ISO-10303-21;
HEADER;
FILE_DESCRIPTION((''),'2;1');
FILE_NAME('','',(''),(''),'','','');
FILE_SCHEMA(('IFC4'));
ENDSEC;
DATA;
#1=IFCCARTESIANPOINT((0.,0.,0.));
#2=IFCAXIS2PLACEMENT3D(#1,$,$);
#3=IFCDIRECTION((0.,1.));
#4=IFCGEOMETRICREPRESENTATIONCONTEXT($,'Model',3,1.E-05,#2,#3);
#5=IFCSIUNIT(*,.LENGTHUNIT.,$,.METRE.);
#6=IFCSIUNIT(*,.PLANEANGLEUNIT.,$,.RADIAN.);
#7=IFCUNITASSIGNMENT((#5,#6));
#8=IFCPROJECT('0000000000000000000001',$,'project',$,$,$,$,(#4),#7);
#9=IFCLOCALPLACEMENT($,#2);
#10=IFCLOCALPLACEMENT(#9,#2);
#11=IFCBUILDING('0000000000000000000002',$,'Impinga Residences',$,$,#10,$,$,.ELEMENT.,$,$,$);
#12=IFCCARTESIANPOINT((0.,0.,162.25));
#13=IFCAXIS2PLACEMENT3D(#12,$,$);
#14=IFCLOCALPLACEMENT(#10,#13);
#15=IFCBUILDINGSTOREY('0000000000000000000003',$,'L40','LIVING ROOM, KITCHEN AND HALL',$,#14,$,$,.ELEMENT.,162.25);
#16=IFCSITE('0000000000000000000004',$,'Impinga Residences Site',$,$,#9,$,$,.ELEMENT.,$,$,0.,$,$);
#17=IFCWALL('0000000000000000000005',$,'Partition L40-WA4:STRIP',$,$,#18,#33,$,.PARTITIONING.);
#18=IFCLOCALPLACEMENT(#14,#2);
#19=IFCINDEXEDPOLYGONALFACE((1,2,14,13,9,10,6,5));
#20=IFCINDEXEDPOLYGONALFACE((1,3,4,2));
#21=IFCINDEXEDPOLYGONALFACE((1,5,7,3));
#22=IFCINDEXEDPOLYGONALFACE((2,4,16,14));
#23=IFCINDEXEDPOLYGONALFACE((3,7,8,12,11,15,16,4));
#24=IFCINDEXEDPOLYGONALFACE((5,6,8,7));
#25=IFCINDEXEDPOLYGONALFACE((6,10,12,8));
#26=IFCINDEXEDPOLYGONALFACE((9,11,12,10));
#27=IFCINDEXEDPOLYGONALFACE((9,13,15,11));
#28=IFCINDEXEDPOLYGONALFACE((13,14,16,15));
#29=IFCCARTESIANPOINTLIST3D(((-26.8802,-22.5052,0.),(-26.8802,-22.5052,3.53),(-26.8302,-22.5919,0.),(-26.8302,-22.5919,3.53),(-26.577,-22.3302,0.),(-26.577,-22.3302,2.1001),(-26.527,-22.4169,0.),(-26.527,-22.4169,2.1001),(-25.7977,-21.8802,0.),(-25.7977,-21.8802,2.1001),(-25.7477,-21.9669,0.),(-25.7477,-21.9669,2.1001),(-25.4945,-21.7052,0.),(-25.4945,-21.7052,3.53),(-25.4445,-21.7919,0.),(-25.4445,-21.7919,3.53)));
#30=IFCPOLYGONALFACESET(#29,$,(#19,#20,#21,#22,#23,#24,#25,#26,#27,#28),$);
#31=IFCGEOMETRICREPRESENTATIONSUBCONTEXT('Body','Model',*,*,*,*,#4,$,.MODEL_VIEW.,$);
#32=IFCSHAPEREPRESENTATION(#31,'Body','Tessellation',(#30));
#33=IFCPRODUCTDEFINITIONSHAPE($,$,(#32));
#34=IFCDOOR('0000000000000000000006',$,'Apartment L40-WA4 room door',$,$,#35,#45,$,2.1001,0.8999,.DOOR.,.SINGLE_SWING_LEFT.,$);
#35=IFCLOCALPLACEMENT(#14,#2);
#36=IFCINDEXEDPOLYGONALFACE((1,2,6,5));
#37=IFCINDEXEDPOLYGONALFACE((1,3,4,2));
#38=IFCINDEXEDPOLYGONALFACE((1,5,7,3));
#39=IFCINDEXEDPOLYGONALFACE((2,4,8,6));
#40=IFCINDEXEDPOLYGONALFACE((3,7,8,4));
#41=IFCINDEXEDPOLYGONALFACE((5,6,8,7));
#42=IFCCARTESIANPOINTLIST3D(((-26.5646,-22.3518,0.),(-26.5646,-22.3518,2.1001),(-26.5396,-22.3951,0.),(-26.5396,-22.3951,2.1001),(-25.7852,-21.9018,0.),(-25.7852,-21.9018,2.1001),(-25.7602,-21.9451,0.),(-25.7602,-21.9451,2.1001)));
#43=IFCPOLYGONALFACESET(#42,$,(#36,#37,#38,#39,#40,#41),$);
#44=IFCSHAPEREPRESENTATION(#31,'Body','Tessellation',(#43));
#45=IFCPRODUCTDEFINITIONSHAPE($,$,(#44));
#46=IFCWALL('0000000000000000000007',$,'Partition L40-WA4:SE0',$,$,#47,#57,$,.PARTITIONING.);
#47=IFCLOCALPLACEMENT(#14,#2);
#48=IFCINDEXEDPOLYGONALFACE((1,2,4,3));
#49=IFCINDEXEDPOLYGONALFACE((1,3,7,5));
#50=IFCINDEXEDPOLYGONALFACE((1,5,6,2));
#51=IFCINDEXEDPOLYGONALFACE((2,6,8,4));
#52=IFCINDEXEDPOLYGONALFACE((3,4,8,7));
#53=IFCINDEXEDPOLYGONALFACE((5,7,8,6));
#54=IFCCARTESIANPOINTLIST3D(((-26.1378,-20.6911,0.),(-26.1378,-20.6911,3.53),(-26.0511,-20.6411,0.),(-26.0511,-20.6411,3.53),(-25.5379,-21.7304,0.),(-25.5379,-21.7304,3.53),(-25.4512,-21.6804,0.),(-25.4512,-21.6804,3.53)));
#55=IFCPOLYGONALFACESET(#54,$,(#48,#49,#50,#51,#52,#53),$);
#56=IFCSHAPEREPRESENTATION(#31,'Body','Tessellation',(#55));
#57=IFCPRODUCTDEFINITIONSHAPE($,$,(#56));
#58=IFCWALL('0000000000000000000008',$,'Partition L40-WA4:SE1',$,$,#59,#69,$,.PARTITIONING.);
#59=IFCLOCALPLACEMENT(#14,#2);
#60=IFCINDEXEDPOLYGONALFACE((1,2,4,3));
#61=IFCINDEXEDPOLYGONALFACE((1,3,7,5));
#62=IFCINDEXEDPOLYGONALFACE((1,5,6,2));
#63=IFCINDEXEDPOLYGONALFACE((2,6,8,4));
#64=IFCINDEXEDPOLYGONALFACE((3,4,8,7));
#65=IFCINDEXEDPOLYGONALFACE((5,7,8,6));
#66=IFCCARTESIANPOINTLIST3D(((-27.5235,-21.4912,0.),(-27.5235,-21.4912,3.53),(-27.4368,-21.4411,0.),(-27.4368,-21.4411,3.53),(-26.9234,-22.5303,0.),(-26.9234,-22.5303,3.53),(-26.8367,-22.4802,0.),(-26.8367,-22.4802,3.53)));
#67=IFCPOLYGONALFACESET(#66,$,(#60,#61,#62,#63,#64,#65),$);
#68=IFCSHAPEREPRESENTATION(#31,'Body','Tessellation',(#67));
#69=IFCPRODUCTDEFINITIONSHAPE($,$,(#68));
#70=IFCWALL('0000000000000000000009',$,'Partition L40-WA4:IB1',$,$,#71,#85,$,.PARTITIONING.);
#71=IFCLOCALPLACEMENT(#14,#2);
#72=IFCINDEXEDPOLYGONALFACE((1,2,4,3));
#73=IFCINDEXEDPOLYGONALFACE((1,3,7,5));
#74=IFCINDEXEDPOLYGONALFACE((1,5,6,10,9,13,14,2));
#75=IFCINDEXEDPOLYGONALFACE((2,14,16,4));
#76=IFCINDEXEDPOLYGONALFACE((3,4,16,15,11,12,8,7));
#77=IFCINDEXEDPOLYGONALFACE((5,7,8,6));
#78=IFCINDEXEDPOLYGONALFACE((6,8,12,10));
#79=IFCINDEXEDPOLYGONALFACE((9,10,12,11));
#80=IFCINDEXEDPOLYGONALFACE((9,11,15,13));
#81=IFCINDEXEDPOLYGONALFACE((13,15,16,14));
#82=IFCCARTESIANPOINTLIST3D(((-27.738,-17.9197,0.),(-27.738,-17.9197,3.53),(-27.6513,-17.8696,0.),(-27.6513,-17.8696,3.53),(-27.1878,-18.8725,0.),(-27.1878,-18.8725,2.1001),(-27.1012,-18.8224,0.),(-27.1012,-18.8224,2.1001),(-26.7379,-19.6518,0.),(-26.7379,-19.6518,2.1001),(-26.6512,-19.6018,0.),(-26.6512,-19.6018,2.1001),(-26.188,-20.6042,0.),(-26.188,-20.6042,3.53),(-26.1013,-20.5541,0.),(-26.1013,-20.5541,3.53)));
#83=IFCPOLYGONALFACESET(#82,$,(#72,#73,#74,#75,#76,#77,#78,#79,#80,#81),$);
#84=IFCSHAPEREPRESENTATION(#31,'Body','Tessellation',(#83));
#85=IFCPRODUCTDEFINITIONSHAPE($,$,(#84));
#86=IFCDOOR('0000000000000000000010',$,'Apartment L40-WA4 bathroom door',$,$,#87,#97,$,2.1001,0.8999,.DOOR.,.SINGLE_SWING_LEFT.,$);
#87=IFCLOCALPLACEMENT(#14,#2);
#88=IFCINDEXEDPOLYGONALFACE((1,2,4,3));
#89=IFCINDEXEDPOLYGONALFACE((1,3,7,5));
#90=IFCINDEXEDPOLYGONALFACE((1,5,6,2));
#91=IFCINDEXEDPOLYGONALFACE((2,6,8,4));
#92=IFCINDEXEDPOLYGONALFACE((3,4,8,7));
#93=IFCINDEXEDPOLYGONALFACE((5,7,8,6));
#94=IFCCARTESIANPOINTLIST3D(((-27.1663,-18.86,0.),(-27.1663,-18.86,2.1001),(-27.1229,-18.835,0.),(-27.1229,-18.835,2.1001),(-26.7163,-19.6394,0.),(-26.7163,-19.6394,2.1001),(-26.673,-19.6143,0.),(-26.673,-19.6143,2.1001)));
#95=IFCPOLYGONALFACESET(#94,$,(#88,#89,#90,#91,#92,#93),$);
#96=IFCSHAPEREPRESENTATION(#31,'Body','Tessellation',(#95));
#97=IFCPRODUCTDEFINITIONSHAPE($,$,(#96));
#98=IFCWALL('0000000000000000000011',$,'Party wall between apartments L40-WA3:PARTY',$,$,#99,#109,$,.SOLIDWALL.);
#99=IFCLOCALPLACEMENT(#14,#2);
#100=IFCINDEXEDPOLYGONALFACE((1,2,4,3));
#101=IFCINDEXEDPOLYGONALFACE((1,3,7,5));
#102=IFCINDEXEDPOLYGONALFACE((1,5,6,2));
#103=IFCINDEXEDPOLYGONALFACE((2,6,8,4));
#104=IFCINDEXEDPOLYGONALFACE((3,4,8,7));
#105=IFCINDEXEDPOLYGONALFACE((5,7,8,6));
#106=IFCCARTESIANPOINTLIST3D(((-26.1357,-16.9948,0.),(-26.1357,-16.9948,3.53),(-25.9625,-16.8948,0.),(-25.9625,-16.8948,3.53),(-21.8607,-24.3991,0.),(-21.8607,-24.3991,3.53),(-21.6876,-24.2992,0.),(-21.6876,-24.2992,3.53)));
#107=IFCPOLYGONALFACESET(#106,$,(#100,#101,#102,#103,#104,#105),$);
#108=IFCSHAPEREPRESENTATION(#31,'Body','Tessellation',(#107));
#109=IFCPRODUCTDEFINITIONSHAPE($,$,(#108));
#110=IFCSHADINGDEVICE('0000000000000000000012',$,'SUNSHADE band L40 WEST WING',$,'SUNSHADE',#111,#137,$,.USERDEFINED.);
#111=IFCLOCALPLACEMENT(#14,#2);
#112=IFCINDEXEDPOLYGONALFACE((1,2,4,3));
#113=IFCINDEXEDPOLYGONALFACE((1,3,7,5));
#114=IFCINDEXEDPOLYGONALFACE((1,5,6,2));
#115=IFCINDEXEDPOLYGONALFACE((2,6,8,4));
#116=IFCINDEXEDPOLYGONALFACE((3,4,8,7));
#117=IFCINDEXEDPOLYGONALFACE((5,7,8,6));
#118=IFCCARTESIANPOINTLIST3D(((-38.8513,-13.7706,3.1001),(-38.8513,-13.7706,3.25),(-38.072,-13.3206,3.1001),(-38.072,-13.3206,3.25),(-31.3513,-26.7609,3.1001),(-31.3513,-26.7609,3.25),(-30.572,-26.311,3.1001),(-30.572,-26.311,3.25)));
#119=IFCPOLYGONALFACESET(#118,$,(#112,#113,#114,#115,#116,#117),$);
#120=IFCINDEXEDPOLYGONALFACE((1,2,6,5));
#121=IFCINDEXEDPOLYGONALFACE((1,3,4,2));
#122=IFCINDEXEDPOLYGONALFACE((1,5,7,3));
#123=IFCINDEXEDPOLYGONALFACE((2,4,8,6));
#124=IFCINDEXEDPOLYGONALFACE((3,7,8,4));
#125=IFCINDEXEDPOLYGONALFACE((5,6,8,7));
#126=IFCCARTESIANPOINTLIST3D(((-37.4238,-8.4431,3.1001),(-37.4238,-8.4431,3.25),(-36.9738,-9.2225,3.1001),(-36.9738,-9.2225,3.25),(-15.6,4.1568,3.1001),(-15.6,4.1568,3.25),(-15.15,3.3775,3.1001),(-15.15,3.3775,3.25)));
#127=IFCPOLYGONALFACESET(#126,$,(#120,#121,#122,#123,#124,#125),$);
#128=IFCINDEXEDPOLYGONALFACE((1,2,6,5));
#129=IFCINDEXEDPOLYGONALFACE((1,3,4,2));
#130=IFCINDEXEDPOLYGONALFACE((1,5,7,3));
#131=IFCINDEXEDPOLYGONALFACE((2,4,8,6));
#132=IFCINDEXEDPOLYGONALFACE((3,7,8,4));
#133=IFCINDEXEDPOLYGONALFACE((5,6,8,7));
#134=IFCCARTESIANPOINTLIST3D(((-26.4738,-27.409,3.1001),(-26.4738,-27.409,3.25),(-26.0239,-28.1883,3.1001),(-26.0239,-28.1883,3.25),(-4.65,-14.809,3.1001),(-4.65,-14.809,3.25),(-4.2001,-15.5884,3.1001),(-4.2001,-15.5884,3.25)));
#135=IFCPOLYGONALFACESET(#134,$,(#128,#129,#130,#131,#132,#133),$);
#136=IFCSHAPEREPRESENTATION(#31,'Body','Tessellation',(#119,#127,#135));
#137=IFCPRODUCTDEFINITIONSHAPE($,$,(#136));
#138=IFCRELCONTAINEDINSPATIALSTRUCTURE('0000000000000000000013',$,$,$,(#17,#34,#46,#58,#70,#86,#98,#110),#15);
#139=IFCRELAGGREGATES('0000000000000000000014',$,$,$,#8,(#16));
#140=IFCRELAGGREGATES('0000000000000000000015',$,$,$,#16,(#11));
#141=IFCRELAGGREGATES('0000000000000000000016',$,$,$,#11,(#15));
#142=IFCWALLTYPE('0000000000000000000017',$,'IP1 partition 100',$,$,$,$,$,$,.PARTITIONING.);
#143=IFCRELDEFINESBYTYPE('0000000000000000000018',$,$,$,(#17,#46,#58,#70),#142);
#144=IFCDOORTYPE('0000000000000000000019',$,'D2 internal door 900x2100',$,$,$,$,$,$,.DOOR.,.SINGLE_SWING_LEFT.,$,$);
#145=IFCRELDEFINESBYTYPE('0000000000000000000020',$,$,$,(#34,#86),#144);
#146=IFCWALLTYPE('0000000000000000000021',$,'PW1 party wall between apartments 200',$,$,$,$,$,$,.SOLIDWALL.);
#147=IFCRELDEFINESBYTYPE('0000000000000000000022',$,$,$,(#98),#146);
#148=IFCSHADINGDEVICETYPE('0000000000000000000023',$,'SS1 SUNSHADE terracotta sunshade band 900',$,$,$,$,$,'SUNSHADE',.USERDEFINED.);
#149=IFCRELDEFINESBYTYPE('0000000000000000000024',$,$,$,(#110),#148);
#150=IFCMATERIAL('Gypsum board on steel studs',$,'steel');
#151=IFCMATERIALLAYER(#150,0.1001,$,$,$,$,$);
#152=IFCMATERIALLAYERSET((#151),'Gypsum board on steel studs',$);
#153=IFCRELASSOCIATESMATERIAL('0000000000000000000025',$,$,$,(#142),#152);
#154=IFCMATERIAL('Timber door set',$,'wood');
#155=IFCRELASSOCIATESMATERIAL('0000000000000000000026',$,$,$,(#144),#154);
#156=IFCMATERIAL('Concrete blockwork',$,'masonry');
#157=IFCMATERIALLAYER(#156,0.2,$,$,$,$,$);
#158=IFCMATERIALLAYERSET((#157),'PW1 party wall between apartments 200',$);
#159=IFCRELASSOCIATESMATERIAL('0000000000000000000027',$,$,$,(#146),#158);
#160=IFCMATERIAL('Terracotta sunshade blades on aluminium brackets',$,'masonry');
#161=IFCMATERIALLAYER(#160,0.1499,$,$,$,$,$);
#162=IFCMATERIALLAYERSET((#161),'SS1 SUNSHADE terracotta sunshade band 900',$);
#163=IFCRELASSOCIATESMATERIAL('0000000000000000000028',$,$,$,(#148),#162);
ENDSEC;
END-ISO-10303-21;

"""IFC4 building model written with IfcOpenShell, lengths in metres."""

from ifc_helpers import new_model, si_unit, direction, frame, frame_2d, origin, origin_2d, place, context, subcontext, project, spatial, rectangle, extrude, material, layer, layer_set, type_object, element, fill, save


model = new_model("IFC4")

# Units and contexts
model_context = context("Model", 3, precision=1e-05, world=origin(), true_north=direction((0.0, 1.0)))
body_context = subcontext(model_context, "Body", "Model", "MODEL_VIEW")
ifc_project = project(units=[si_unit("LENGTHUNIT", "METRE"), si_unit("PLANEANGLEUNIT", "RADIAN")], contexts=[model_context])

# Site, building, storey
site_placement = place(None, origin())
site = spatial("IfcSite", under=ifc_project, at=site_placement, Name="Impinga Residences Site", CompositionType="ELEMENT", RefElevation=0.0)
building_placement = place(site_placement, origin())
building = spatial("IfcBuilding", under=site, at=building_placement, Name="Impinga Residences", CompositionType="ELEMENT")
storey_placement = place(building_placement, frame((0.0, 0.0, 162.25)))
storey = spatial("IfcBuildingStorey", under=building, at=storey_placement, Name="L40", Description="LIVING ROOM, KITCHEN AND HALL", CompositionType="ELEMENT", Elevation=162.25)

# Shared definitions
ifc_material_1 = material(Name="Gypsum board on steel studs", Category="steel")
ifc_layer_1 = layer(ifc_material_1, 0.1001)
ifc_layer_set_1 = layer_set([ifc_layer_1], Name="Gypsum board on steel studs")
wall_type_1 = type_object("IfcWallType", Name="IP1 partition 100", PredefinedType="PARTITIONING", material=ifc_layer_set_1)
ifc_material_2 = material(Name="Timber door set", Category="wood")
door_type = type_object("IfcDoorType", Name="D2 internal door 900x2100", OperationType="SINGLE_SWING_LEFT", PredefinedType="DOOR", material=ifc_material_2)

# Wall, opening, door
wall_1_placement = place(storey_placement, frame((-25.4695, -21.7485, 0.0), z_axis=(0.0, 0.0, 1.0), x_axis=(-0.866028, -0.499995, 0.0)))
wall_1 = element("IfcWall", 1, at=wall_1_placement, inside=storey, type_object=wall_type_1, Name="Partition L40-WA4:STRIP", PredefinedType="PARTITIONING", context=body_context, shape_type="SweptSolid", body=[
    extrude(rectangle(XDim=1.6001, YDim=0.1001, at=frame_2d((0.8, 0.0))), origin(), (0.0, 0.0, 1.0), 3.53),
])
opening_1_placement = place(wall_1_placement, frame((0.3501, 0.0, 0.0)))
opening_1 = element("IfcOpeningElement", 2, at=opening_1_placement, cuts=wall_1, PredefinedType="OPENING", context=body_context, shape_type="SweptSolid", body=[
    extrude(rectangle(XDim=0.8999, YDim=2.1001, at=frame_2d((0.45, 1.05))), frame((0.0, 0.0601, 0.0), z_axis=(0.0, -1.0, 0.0), x_axis=(1.0, 0.0, 0.0)), (0.0, 0.0, 1.0), 0.1201),
])
door_1_placement = place(opening_1_placement, origin())
door_1 = element("IfcDoor", 3, at=door_1_placement, inside=storey, type_object=door_type, Name="Apartment L40-WA4 room door", OperationType="SINGLE_SWING_LEFT", OverallHeight=2.1001, OverallWidth=0.8999, PredefinedType="DOOR", context=body_context, shape_type="SweptSolid", body=[
    extrude(rectangle(XDim=0.8999, YDim=2.1001, at=frame_2d((0.45, 1.05))), frame((0.0, 0.0249, 0.0), z_axis=(0.0, -1.0, 0.0), x_axis=(1.0, 0.0, 0.0)), (0.0, 0.0, 1.0), 0.05),
])
fill(opening_1, door_1)

# Walls
for number, where, z_axis, x_axis, name in (
    (4, (-26.0945, -20.666, 0.0), (0.0, 0.0, 1.0), (0.499881, -0.866094, 0.0), "Partition L40-WA4:SE0"),
    (5, (-27.4802, -21.4661, 0.0), (0.0, 0.0, 1.0), (0.500122, -0.865955, 0.0), "Partition L40-WA4:SE1"),
):
    element("IfcWall", number, at=place(storey_placement, frame(where, z_axis=z_axis, x_axis=x_axis)), inside=storey, type_object=wall_type_1, Name=name, PredefinedType="PARTITIONING", context=body_context, shape_type="SweptSolid", body=[
        extrude(rectangle(XDim=1.2, YDim=0.1001, at=frame_2d((0.6001, 0.0))), origin(), (0.0, 0.0, 1.0), 3.53),
    ])

# Wall, opening, door
wall_2_placement = place(storey_placement, frame((-27.6946, -17.8948, 0.0), z_axis=(0.0, 0.0, 1.0), x_axis=(0.500027, -0.86601, 0.0)))
wall_2 = element("IfcWall", 6, at=wall_2_placement, inside=storey, type_object=wall_type_1, Name="Partition L40-WA4:IB1", PredefinedType="PARTITIONING", context=body_context, shape_type="SweptSolid", body=[
    extrude(rectangle(XDim=3.0999, YDim=0.1001, at=frame_2d((1.5498, 0.0))), origin(), (0.0, 0.0, 1.0), 3.53),
])
opening_2_placement = place(wall_2_placement, frame((1.1001, 0.0, 0.0)))
opening_2 = element("IfcOpeningElement", 7, at=opening_2_placement, cuts=wall_2, PredefinedType="OPENING", context=body_context, shape_type="SweptSolid", body=[
    extrude(rectangle(XDim=0.8999, YDim=2.1001, at=frame_2d((0.45, 1.05))), frame((0.0, 0.0601, 0.0), z_axis=(0.0, -1.0, 0.0), x_axis=(1.0, 0.0, 0.0)), (0.0, 0.0, 1.0), 0.1201),
])
door_2_placement = place(opening_2_placement, origin())
door_2 = element("IfcDoor", 8, at=door_2_placement, inside=storey, type_object=door_type, Name="Apartment L40-WA4 bathroom door", OperationType="SINGLE_SWING_LEFT", OverallHeight=2.1001, OverallWidth=0.8999, PredefinedType="DOOR", context=body_context, shape_type="SweptSolid", body=[
    extrude(rectangle(XDim=0.8999, YDim=2.1001, at=frame_2d((0.45, 1.05))), frame((0.0, 0.0249, 0.0), z_axis=(0.0, -1.0, 0.0), x_axis=(1.0, 0.0, 0.0)), (0.0, 0.0, 1.0), 0.05),
])
fill(opening_2, door_2)

# Wall
ifc_material_3 = material(Name="Concrete blockwork", Category="masonry")
ifc_layer_2 = layer(ifc_material_3, 0.2)
ifc_layer_set_2 = layer_set([ifc_layer_2], Name="PW1 party wall between apartments 200")
wall_type_2 = type_object("IfcWallType", Name="PW1 party wall between apartments 200", PredefinedType="SOLIDWALL", material=ifc_layer_set_2)
wall_3_placement = place(storey_placement, frame((-26.0491, -16.9448, 0.0), z_axis=(0.0, 0.0, 1.0), x_axis=(0.500003, -0.866024, 0.0)))
element("IfcWall", 9, at=wall_3_placement, inside=storey, type_object=wall_type_2, Name="Party wall between apartments L40-WA3:PARTY", PredefinedType="SOLIDWALL", context=body_context, shape_type="SweptSolid", body=[
    extrude(rectangle(XDim=8.5498, YDim=0.2, at=frame_2d((4.2749, 0.0))), origin(), (0.0, 0.0, 1.0), 3.53),
])

# Shading device
ifc_material_4 = material(Name="Terracotta sunshade blades on aluminium brackets", Category="masonry")
ifc_layer_3 = layer(ifc_material_4, 0.1499)
ifc_layer_set_3 = layer_set([ifc_layer_3], Name="SS1 SUNSHADE terracotta sunshade band 900")
shading_device_type = type_object("IfcShadingDeviceType", Name="SS1 SUNSHADE terracotta sunshade band 900", ElementType="SUNSHADE", PredefinedType="USERDEFINED", material=ifc_layer_set_3)
shading_device_placement = place(storey_placement, frame((-34.7117, -20.0408, 3.1001), z_axis=(0.0, 0.0, 1.0), x_axis=(-0.5, 0.866025, 0.0)))
element("IfcShadingDevice", 10, at=shading_device_placement, inside=storey, type_object=shading_device_type, Name="SUNSHADE band L40 WEST WING", ObjectType="SUNSHADE", PredefinedType="USERDEFINED", context=body_context, shape_type="SweptSolid", body=[
    extrude(rectangle(XDim=15.0, YDim=0.8999, at=origin_2d()), origin(), (0.0, 0.0, 1.0), 0.1499),
    extrude(rectangle(XDim=25.2, YDim=0.8999, at=origin_2d()), frame((10.95, -16.05, 0.0), z_axis=(0.0, 0.0, 1.0), x_axis=(0.0, -1.0, 0.0)), (0.0, 0.0, 1.0), 0.1499),
    extrude(rectangle(XDim=25.2, YDim=0.8999, at=origin_2d()), frame((-10.95, -16.05, 0.0), z_axis=(0.0, 0.0, 1.0), x_axis=(0.0, 1.0, 0.0)), (0.0, 0.0, 1.0), 0.1499),
])

save(model, "model.ifc")
